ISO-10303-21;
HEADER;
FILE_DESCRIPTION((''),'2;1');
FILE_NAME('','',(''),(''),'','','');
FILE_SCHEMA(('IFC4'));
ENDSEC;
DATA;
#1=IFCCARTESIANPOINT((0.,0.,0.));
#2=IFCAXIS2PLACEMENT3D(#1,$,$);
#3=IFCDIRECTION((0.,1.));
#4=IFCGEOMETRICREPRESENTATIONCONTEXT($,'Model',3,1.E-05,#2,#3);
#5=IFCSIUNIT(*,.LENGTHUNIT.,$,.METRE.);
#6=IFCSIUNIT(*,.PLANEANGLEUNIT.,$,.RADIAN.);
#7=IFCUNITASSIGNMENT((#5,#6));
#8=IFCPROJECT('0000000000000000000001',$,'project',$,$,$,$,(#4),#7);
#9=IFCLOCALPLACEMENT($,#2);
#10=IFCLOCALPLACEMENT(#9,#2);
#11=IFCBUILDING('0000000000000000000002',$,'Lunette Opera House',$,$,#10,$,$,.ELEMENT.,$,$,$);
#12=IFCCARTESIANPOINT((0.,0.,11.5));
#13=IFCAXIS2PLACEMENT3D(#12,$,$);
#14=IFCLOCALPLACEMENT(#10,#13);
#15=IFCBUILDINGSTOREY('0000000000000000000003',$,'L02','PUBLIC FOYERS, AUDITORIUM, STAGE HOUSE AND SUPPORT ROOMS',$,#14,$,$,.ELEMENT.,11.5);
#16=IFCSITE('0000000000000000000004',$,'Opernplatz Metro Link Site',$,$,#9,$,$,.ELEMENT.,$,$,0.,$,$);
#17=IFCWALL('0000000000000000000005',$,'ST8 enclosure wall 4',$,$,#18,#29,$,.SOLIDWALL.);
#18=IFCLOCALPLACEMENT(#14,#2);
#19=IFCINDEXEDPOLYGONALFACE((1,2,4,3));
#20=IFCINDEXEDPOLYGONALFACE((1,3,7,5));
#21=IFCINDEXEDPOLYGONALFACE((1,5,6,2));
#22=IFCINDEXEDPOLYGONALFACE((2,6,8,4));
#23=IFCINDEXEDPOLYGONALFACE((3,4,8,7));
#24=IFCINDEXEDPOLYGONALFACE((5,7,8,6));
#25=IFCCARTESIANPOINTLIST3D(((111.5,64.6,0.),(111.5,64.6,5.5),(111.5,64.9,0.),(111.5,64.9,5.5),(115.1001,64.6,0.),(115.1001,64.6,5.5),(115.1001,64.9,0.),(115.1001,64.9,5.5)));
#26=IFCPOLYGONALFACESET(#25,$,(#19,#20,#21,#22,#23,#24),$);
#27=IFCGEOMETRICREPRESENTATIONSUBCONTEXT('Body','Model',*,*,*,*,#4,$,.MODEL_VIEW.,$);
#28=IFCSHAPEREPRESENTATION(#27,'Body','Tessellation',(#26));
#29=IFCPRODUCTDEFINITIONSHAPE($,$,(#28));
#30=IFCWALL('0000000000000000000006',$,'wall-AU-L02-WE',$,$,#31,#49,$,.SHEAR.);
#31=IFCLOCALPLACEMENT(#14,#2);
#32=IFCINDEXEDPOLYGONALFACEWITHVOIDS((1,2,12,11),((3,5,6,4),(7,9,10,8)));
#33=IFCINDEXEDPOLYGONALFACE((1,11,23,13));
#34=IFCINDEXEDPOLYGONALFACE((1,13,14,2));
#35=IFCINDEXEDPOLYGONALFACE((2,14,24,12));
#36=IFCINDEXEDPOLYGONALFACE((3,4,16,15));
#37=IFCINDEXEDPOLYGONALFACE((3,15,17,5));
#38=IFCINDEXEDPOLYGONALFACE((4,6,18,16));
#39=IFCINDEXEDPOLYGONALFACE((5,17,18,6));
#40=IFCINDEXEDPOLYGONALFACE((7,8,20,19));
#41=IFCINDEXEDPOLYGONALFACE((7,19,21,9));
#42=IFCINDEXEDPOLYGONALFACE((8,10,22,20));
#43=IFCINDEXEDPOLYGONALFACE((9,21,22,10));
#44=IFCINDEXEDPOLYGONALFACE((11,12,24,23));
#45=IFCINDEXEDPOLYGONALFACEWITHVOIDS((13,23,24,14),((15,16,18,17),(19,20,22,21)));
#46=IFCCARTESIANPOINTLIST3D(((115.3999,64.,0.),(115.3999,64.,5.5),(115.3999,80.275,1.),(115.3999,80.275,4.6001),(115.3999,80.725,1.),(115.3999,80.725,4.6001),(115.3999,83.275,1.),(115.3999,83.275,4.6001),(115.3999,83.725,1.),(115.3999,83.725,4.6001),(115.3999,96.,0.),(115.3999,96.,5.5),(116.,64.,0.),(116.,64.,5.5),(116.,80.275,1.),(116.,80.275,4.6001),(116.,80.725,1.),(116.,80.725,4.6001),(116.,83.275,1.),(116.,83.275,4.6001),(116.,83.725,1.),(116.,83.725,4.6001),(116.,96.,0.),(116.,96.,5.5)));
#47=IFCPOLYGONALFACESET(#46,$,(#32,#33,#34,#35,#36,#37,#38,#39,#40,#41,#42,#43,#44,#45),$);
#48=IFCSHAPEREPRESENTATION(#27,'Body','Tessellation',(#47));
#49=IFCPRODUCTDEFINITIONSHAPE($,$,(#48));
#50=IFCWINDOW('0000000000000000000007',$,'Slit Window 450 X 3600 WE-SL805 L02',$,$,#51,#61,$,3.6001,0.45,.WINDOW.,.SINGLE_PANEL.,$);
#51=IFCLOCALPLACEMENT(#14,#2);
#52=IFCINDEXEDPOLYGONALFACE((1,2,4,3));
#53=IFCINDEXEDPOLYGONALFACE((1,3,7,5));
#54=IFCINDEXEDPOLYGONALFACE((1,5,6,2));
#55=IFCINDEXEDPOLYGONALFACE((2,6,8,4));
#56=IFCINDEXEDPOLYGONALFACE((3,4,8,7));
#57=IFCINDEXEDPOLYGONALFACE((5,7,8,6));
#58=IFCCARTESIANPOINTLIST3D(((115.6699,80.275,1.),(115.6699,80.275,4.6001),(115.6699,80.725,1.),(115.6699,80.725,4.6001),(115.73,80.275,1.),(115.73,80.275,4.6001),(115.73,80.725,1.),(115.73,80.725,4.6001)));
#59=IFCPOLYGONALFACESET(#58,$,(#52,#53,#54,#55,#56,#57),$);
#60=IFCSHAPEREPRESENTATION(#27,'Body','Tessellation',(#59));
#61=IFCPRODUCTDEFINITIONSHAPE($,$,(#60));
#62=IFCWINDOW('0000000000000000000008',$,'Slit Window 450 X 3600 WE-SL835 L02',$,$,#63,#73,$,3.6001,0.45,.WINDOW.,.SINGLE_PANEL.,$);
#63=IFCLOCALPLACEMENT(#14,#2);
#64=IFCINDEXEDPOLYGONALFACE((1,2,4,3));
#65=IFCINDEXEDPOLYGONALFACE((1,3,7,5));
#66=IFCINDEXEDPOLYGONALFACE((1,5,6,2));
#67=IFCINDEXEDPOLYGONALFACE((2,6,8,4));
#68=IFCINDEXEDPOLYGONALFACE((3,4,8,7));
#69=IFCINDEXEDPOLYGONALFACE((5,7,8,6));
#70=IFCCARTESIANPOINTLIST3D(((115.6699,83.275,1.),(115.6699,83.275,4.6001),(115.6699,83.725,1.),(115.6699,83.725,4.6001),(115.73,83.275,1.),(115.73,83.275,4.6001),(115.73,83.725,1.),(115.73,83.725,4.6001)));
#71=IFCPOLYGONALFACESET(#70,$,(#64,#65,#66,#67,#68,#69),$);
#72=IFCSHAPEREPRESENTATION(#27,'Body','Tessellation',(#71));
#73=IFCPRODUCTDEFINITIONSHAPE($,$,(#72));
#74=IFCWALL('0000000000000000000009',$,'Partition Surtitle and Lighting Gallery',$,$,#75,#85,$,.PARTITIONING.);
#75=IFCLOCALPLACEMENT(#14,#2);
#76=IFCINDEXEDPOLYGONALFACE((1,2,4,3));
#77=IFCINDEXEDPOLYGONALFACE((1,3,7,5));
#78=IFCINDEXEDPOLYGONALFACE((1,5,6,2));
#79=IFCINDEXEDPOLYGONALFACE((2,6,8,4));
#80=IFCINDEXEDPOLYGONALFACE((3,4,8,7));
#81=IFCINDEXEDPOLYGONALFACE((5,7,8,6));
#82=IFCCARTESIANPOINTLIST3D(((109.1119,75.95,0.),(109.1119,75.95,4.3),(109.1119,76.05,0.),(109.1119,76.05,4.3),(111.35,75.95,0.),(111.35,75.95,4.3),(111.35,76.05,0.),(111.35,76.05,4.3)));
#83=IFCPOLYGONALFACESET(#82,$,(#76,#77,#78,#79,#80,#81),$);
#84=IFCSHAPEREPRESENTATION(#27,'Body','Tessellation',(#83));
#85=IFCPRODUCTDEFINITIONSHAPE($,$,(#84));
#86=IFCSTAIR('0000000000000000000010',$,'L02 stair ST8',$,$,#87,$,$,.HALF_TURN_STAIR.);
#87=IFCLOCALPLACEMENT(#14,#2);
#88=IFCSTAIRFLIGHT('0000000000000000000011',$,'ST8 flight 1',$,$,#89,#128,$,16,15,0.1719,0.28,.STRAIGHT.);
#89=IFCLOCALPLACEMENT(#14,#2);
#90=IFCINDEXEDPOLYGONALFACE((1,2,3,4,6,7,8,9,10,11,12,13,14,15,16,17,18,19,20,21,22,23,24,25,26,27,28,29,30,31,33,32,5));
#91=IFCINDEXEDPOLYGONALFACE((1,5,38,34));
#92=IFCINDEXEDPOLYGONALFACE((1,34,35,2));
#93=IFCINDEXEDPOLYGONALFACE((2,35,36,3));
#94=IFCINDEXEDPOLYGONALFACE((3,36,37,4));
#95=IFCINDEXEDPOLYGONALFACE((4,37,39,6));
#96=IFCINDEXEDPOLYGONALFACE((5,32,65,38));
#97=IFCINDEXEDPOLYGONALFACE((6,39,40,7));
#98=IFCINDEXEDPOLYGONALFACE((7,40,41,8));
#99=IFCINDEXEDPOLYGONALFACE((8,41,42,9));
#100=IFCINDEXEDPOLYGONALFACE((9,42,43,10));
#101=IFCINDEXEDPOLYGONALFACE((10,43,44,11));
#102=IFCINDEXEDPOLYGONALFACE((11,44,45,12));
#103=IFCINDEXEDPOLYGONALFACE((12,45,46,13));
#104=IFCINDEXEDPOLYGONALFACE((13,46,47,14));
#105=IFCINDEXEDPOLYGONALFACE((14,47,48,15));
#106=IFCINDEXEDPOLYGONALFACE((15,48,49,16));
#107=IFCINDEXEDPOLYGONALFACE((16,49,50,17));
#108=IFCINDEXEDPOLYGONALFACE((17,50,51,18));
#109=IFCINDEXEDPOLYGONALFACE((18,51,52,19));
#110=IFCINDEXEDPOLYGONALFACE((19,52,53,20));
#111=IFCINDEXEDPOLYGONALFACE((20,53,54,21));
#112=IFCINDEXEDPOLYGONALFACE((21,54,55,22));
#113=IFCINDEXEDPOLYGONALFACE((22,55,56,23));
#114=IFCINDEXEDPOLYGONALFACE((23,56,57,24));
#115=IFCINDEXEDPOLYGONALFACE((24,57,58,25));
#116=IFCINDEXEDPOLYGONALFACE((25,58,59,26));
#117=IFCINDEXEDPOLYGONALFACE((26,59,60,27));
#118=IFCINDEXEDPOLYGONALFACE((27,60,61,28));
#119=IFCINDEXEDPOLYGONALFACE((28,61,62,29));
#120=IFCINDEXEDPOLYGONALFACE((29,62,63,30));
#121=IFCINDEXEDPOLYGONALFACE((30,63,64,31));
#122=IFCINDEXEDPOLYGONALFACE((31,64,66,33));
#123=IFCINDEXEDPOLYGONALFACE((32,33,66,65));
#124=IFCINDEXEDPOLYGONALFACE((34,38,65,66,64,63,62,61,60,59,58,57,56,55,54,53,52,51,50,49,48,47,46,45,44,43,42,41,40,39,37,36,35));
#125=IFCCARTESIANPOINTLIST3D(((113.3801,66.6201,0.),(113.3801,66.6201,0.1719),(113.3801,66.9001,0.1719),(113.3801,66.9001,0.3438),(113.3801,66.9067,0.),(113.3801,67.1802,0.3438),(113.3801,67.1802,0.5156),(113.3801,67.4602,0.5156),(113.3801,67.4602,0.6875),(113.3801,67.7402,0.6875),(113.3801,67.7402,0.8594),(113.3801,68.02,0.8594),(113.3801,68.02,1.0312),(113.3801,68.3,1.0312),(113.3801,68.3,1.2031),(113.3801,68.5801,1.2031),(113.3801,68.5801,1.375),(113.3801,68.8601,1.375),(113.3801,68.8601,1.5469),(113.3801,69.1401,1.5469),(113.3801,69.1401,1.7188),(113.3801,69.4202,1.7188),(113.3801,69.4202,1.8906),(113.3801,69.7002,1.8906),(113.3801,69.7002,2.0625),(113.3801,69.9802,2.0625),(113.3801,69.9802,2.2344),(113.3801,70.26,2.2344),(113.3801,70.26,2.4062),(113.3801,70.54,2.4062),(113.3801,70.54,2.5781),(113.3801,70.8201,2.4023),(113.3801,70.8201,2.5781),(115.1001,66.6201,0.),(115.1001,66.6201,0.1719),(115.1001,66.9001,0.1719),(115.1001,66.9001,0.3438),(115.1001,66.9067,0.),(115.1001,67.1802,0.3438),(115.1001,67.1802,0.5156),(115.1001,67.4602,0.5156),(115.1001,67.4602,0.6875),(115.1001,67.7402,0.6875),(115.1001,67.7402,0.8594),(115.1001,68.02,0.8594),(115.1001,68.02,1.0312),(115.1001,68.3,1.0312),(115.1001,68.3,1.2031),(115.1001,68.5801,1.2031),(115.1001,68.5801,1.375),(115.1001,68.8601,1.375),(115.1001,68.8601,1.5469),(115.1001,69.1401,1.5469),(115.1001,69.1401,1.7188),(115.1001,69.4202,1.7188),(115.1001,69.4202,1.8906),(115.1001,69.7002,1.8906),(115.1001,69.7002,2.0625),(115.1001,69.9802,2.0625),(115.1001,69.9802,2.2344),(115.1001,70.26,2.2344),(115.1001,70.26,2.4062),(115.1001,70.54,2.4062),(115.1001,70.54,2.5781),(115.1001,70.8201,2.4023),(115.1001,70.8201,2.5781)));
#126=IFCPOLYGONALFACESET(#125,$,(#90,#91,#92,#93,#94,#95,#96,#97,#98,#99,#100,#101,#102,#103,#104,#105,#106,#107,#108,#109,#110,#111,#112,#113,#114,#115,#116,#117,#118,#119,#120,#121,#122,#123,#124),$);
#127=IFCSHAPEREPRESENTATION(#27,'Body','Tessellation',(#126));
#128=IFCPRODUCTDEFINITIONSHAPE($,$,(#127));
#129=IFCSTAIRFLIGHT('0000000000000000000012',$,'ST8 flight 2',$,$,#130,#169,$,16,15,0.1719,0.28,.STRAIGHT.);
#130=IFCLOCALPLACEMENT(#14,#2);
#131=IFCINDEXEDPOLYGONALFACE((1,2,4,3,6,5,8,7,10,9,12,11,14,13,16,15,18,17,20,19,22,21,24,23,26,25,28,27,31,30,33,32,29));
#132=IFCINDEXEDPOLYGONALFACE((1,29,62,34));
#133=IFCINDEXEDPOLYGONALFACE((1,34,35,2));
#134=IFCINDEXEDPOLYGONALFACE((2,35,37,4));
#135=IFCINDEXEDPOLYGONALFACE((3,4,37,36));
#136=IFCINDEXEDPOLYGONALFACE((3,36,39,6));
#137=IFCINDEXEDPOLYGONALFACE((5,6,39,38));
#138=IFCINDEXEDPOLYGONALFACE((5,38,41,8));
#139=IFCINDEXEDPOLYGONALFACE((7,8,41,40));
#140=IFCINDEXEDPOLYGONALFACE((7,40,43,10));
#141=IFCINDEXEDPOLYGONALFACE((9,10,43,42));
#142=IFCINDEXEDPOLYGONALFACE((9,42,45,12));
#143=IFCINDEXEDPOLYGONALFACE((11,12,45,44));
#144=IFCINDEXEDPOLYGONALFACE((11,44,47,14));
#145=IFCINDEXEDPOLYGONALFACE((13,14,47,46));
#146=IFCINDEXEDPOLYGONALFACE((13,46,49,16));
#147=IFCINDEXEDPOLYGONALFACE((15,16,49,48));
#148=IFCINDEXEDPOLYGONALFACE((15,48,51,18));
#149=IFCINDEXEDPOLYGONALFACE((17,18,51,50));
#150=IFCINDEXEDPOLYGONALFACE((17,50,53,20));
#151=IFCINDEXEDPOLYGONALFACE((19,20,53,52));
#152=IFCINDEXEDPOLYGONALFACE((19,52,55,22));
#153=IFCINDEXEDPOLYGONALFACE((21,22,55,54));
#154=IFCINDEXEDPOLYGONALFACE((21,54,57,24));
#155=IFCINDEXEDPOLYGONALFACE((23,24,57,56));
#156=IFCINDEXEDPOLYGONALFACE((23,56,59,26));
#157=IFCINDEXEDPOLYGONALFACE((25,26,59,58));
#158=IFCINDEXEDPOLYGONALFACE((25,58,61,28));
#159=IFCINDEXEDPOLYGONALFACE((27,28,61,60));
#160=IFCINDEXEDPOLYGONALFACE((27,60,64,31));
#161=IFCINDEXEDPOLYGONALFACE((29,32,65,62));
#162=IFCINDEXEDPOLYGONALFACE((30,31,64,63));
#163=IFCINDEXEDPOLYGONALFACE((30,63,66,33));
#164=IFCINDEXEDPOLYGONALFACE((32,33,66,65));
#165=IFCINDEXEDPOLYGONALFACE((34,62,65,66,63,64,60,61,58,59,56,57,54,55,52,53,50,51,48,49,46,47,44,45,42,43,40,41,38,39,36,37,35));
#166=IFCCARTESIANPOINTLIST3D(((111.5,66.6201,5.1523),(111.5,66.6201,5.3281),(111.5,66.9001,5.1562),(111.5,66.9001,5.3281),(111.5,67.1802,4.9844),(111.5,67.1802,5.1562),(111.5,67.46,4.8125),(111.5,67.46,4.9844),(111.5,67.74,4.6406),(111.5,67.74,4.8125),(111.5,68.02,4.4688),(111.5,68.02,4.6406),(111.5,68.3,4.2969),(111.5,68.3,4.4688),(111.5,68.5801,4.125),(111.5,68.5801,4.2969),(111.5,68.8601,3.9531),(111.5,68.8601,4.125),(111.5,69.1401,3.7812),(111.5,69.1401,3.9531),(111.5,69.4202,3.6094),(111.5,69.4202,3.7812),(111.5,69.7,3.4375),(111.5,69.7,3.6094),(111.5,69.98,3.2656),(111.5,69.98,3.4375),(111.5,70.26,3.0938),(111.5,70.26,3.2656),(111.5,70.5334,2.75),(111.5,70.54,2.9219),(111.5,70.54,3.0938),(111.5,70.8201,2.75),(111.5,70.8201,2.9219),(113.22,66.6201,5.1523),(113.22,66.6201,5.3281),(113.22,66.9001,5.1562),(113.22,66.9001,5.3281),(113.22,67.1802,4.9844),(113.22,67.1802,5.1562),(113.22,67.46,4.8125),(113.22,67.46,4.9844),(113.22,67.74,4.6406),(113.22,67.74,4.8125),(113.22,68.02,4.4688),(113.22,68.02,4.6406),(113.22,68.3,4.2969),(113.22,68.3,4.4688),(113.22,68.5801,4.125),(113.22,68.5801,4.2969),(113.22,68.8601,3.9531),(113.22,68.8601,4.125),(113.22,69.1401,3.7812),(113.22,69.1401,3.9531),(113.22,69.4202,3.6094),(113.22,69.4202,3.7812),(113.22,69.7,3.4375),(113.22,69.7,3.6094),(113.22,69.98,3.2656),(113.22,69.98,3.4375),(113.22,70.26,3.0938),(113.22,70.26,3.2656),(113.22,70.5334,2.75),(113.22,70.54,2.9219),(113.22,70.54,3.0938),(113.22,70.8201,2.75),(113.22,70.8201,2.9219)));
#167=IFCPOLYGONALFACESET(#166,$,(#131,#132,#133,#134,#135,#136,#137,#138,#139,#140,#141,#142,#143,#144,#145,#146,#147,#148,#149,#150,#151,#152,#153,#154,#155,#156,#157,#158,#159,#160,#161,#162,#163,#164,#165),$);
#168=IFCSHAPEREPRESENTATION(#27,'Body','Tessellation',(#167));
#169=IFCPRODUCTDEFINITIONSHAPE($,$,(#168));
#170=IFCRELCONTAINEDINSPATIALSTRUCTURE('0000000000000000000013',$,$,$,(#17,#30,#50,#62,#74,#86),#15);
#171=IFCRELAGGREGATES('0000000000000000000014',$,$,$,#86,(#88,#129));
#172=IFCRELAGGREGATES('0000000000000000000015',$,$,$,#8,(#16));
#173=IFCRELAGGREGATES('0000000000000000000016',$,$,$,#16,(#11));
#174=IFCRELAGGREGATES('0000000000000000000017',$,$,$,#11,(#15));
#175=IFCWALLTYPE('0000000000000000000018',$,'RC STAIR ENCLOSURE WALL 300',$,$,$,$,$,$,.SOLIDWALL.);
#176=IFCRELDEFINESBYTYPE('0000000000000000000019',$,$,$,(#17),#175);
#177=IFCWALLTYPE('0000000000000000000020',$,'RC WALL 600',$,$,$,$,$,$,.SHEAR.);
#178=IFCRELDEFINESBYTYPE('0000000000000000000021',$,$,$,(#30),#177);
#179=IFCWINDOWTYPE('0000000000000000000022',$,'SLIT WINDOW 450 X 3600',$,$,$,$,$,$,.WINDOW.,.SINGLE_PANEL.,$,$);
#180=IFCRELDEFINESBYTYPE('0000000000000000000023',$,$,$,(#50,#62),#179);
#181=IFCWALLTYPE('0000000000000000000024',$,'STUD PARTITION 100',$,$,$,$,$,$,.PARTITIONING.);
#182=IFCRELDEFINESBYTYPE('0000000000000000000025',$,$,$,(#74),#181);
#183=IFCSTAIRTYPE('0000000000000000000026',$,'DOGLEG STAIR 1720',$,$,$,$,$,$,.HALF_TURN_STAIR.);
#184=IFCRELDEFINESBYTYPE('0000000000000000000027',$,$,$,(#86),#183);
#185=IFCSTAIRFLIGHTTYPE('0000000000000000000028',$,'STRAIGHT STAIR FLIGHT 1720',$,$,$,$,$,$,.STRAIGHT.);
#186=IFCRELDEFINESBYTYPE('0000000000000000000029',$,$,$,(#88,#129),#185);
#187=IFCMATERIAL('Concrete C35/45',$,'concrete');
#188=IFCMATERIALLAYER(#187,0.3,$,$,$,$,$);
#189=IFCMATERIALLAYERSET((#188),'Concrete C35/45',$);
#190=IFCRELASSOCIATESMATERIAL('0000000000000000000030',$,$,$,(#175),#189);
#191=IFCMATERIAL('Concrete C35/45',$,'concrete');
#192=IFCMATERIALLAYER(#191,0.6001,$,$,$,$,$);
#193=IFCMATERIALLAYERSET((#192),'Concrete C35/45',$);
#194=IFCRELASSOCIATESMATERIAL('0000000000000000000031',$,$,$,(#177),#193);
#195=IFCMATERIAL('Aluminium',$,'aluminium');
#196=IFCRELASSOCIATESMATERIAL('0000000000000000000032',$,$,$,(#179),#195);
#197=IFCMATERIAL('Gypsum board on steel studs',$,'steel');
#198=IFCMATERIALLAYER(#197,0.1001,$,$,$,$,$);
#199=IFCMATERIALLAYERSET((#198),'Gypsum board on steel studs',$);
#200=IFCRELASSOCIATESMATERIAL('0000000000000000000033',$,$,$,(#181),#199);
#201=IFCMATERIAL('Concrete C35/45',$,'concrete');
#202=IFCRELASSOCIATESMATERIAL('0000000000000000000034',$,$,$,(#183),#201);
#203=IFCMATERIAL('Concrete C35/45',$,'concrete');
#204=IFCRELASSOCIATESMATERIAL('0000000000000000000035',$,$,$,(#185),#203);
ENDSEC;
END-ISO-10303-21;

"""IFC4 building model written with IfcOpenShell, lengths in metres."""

from ifc_helpers import new_model, si_unit, direction, frame, frame_2d, origin, place, context, subcontext, project, spatial, polyline, rectangle, outline, extrude, material, layer, layer_set, type_object, element, fill, aggregate, save


model = new_model("IFC4")

# Units and contexts
model_context = context("Model", 3, precision=1e-05, world=origin(), true_north=direction((0.0, 1.0)))
body_context = subcontext(model_context, "Body", "Model", "MODEL_VIEW")
ifc_project = project(units=[si_unit("LENGTHUNIT", "METRE"), si_unit("PLANEANGLEUNIT", "RADIAN")], contexts=[model_context])

# Site, building, storey
site_placement = place(None, origin())
site = spatial("IfcSite", under=ifc_project, at=site_placement, Name="Opernplatz Metro Link Site", CompositionType="ELEMENT", RefElevation=0.0)
building_placement = place(site_placement, origin())
building = spatial("IfcBuilding", under=site, at=building_placement, Name="Lunette Opera House", CompositionType="ELEMENT")
storey_placement = place(building_placement, frame((0.0, 0.0, 11.5)))
storey = spatial("IfcBuildingStorey", under=building, at=storey_placement, Name="L02", Description="PUBLIC FOYERS, AUDITORIUM, STAGE HOUSE AND SUPPORT ROOMS", CompositionType="ELEMENT", Elevation=11.5)

# Shared definitions
ifc_material_1 = material(Name="Concrete C35/45", Category="concrete")
ifc_layer_1 = layer(ifc_material_1, 0.3)
ifc_layer_set_1 = layer_set([ifc_layer_1], Name="Concrete C35/45")
wall_type_1 = type_object("IfcWallType", Name="RC STAIR ENCLOSURE WALL 300", PredefinedType="SOLIDWALL", material=ifc_layer_set_1)

# Wall
wall_1_placement = place(storey_placement, frame((111.5, 64.75, 0.0), z_axis=(0.0, 0.0, 1.0), x_axis=(1.0, 0.0, 0.0)))
element("IfcWall", 1, at=wall_1_placement, inside=storey, type_object=wall_type_1, Name="ST8 enclosure wall 4", PredefinedType="SOLIDWALL", context=body_context, shape_type="SweptSolid", body=[
    extrude(rectangle(XDim=3.6001, YDim=0.3, at=frame_2d((1.8, 0.0))), origin(), (0.0, 0.0, 1.0), 5.5),
])

# Wall, openings, windows
ifc_material_2 = material(Name="Concrete C35/45", Category="concrete")
ifc_layer_2 = layer(ifc_material_2, 0.6001)
ifc_layer_set_2 = layer_set([ifc_layer_2], Name="Concrete C35/45")
wall_type_2 = type_object("IfcWallType", Name="RC WALL 600", PredefinedType="SHEAR", material=ifc_layer_set_2)
wall_2_placement = place(storey_placement, frame((115.7, 64.0, 0.0), z_axis=(0.0, 0.0, 1.0), x_axis=(0.0, 1.0, 0.0)))
wall_2 = element("IfcWall", 2, at=wall_2_placement, inside=storey, type_object=wall_type_2, Name="wall-AU-L02-WE", PredefinedType="SHEAR", context=body_context, shape_type="SweptSolid", body=[
    extrude(rectangle(XDim=32.0, YDim=0.6001, at=frame_2d((16.0, 0.0))), origin(), (0.0, 0.0, 1.0), 5.5),
])
opening_1_placement = place(wall_2_placement, frame((16.2749, 0.0, 1.0)))
opening_1 = element("IfcOpeningElement", 3, at=opening_1_placement, cuts=wall_2, PredefinedType="OPENING", context=body_context, shape_type="SweptSolid", body=[
    extrude(rectangle(XDim=0.45, YDim=3.6001, at=frame_2d((0.2251, 1.8))), frame((0.0, 0.312, 0.0), z_axis=(0.0, -1.0, 0.0), x_axis=(1.0, 0.0, 0.0)), (0.0, 0.0, 1.0), 0.624),
])
opening_2_placement = place(wall_2_placement, frame((19.2749, 0.0, 1.0)))
opening_2 = element("IfcOpeningElement", 4, at=opening_2_placement, cuts=wall_2, PredefinedType="OPENING", context=body_context, shape_type="SweptSolid", body=[
    extrude(rectangle(XDim=0.45, YDim=3.6001, at=frame_2d((0.2251, 1.8))), frame((0.0, 0.312, 0.0), z_axis=(0.0, -1.0, 0.0), x_axis=(1.0, 0.0, 0.0)), (0.0, 0.0, 1.0), 0.624),
])
ifc_material_3 = material(Name="Aluminium", Category="aluminium")
window_type = type_object("IfcWindowType", Name="SLIT WINDOW 450 X 3600", PartitioningType="SINGLE_PANEL", PredefinedType="WINDOW", material=ifc_material_3)
window_1_placement = place(opening_1_placement, origin())
window_1 = element("IfcWindow", 5, at=window_1_placement, inside=storey, type_object=window_type, Name="Slit Window 450 X 3600 WE-SL805 L02", OverallHeight=3.6001, OverallWidth=0.45, PartitioningType="SINGLE_PANEL", PredefinedType="WINDOW", context=body_context, shape_type="SweptSolid", body=[
    extrude(rectangle(XDim=0.45, YDim=3.6001, at=frame_2d((0.2251, 1.8))), frame((0.0, 0.03, 0.0), z_axis=(0.0, -1.0, 0.0), x_axis=(1.0, 0.0, 0.0)), (0.0, 0.0, 1.0), 0.0601),
])
fill(opening_1, window_1)
window_2_placement = place(opening_2_placement, origin())
window_2 = element("IfcWindow", 6, at=window_2_placement, inside=storey, type_object=window_type, Name="Slit Window 450 X 3600 WE-SL835 L02", OverallHeight=3.6001, OverallWidth=0.45, PartitioningType="SINGLE_PANEL", PredefinedType="WINDOW", context=body_context, shape_type="SweptSolid", body=[
    extrude(rectangle(XDim=0.45, YDim=3.6001, at=frame_2d((0.2251, 1.8))), frame((0.0, 0.03, 0.0), z_axis=(0.0, -1.0, 0.0), x_axis=(1.0, 0.0, 0.0)), (0.0, 0.0, 1.0), 0.0601),
])
fill(opening_2, window_2)

# Wall
ifc_material_4 = material(Name="Gypsum board on steel studs", Category="steel")
ifc_layer_3 = layer(ifc_material_4, 0.1001)
ifc_layer_set_3 = layer_set([ifc_layer_3], Name="Gypsum board on steel studs")
wall_type_3 = type_object("IfcWallType", Name="STUD PARTITION 100", PredefinedType="PARTITIONING", material=ifc_layer_set_3)
wall_3_placement = place(storey_placement, frame((111.3501, 76.0, 0.0), z_axis=(0.0, 0.0, 1.0), x_axis=(-1.0, 0.0, 0.0)))
element("IfcWall", 7, at=wall_3_placement, inside=storey, type_object=wall_type_3, Name="Partition Surtitle and Lighting Gallery", PredefinedType="PARTITIONING", context=body_context, shape_type="SweptSolid", body=[
    extrude(rectangle(XDim=2.238, YDim=0.1001, at=frame_2d((1.1191, 0.0))), origin(), (0.0, 0.0, 1.0), 4.3),
])

# Stair, stair flights
ifc_material_5 = material(Name="Concrete C35/45", Category="concrete")
stair_type = type_object("IfcStairType", Name="DOGLEG STAIR 1720", PredefinedType="HALF_TURN_STAIR", material=ifc_material_5)
stair_placement = place(storey_placement, origin())
stair = element("IfcStair", 8, at=stair_placement, inside=storey, type_object=stair_type, Name="L02 stair ST8", PredefinedType="HALF_TURN_STAIR")
ifc_material_6 = material(Name="Concrete C35/45", Category="concrete")
stair_flight_type = type_object("IfcStairFlightType", Name="STRAIGHT STAIR FLIGHT 1720", PredefinedType="STRAIGHT", material=ifc_material_6)
stair_flight_1_placement = place(storey_placement, frame((114.24, 66.6201, 0.0), z_axis=(0.0, 0.0, 1.0), x_axis=(0.0, 1.0, 0.0)))
stair_flight_1 = element("IfcStairFlight", 9, at=stair_flight_1_placement, type_object=stair_flight_type, Name="ST8 flight 1", NumberOfRisers=16, NumberOfTreads=15, PredefinedType="STRAIGHT", RiserHeight=0.1719, TreadLength=0.28, context=body_context, shape_type="SweptSolid", body=[
    extrude(outline(polyline([(0.0, 0.0), (0.0, 0.1719), (0.28, 0.1719), (0.28, 0.3438), (0.5601, 0.3438), (0.5601, 0.5156), (0.8401, 0.5156), (0.8401, 0.6875), (1.1201, 0.6875), (1.1201, 0.8594), (1.3999, 0.8594), (1.3999, 1.0312), (1.6799, 1.0312), (1.6799, 1.2031), (1.96, 1.2031), (1.96, 1.375), (2.24, 1.375), (2.24, 1.5469), (2.52, 1.5469), (2.52, 1.7188), (2.8, 1.7188), (2.8, 1.8906), (3.0801, 1.8906), (3.0801, 2.0625), (3.3601, 2.0625), (3.3601, 2.2344), (3.6399, 2.2344), (3.6399, 2.4062), (3.9199, 2.4062), (3.9199, 2.5781), (4.2, 2.5781), (4.2, 2.75), (4.2, 2.4023), (0.2866, 0.0), (0.0, 0.0)])), frame((0.0, 0.8599, 0.0), z_axis=(0.0, -1.0, 0.0), x_axis=(1.0, 0.0, 0.0)), (0.0, 0.0, 1.0), 1.72),
])
stair_flight_2_placement = place(storey_placement, frame((112.3601, 70.8201, 2.75), z_axis=(0.0, 0.0, 1.0), x_axis=(0.0, -1.0, 0.0)))
stair_flight_2 = element("IfcStairFlight", 10, at=stair_flight_2_placement, type_object=stair_flight_type, Name="ST8 flight 2", NumberOfRisers=16, NumberOfTreads=15, PredefinedType="STRAIGHT", RiserHeight=0.1719, TreadLength=0.28, context=body_context, shape_type="SweptSolid", body=[
    extrude(outline(polyline([(0.0, 0.0), (0.0, 0.1719), (0.28, 0.1719), (0.28, 0.3438), (0.5601, 0.3438), (0.5601, 0.5156), (0.8401, 0.5156), (0.8401, 0.6875), (1.1201, 0.6875), (1.1201, 0.8594), (1.3999, 0.8594), (1.3999, 1.0312), (1.6799, 1.0312), (1.6799, 1.2031), (1.96, 1.2031), (1.96, 1.375), (2.24, 1.375), (2.24, 1.5469), (2.52, 1.5469), (2.52, 1.7188), (2.8, 1.7188), (2.8, 1.8906), (3.0801, 1.8906), (3.0801, 2.0625), (3.3601, 2.0625), (3.3601, 2.2344), (3.6399, 2.2344), (3.6399, 2.4062), (3.9199, 2.4062), (3.9199, 2.5781), (4.2, 2.5781), (4.2, 2.75), (4.2, 2.4023), (0.2866, 0.0), (0.0, 0.0)])), frame((0.0, 0.8599, 0.0), z_axis=(0.0, -1.0, 0.0), x_axis=(1.0, 0.0, 0.0)), (0.0, 0.0, 1.0), 1.72),
])
aggregate(stair, [stair_flight_1, stair_flight_2])

save(model, "model.ifc")
